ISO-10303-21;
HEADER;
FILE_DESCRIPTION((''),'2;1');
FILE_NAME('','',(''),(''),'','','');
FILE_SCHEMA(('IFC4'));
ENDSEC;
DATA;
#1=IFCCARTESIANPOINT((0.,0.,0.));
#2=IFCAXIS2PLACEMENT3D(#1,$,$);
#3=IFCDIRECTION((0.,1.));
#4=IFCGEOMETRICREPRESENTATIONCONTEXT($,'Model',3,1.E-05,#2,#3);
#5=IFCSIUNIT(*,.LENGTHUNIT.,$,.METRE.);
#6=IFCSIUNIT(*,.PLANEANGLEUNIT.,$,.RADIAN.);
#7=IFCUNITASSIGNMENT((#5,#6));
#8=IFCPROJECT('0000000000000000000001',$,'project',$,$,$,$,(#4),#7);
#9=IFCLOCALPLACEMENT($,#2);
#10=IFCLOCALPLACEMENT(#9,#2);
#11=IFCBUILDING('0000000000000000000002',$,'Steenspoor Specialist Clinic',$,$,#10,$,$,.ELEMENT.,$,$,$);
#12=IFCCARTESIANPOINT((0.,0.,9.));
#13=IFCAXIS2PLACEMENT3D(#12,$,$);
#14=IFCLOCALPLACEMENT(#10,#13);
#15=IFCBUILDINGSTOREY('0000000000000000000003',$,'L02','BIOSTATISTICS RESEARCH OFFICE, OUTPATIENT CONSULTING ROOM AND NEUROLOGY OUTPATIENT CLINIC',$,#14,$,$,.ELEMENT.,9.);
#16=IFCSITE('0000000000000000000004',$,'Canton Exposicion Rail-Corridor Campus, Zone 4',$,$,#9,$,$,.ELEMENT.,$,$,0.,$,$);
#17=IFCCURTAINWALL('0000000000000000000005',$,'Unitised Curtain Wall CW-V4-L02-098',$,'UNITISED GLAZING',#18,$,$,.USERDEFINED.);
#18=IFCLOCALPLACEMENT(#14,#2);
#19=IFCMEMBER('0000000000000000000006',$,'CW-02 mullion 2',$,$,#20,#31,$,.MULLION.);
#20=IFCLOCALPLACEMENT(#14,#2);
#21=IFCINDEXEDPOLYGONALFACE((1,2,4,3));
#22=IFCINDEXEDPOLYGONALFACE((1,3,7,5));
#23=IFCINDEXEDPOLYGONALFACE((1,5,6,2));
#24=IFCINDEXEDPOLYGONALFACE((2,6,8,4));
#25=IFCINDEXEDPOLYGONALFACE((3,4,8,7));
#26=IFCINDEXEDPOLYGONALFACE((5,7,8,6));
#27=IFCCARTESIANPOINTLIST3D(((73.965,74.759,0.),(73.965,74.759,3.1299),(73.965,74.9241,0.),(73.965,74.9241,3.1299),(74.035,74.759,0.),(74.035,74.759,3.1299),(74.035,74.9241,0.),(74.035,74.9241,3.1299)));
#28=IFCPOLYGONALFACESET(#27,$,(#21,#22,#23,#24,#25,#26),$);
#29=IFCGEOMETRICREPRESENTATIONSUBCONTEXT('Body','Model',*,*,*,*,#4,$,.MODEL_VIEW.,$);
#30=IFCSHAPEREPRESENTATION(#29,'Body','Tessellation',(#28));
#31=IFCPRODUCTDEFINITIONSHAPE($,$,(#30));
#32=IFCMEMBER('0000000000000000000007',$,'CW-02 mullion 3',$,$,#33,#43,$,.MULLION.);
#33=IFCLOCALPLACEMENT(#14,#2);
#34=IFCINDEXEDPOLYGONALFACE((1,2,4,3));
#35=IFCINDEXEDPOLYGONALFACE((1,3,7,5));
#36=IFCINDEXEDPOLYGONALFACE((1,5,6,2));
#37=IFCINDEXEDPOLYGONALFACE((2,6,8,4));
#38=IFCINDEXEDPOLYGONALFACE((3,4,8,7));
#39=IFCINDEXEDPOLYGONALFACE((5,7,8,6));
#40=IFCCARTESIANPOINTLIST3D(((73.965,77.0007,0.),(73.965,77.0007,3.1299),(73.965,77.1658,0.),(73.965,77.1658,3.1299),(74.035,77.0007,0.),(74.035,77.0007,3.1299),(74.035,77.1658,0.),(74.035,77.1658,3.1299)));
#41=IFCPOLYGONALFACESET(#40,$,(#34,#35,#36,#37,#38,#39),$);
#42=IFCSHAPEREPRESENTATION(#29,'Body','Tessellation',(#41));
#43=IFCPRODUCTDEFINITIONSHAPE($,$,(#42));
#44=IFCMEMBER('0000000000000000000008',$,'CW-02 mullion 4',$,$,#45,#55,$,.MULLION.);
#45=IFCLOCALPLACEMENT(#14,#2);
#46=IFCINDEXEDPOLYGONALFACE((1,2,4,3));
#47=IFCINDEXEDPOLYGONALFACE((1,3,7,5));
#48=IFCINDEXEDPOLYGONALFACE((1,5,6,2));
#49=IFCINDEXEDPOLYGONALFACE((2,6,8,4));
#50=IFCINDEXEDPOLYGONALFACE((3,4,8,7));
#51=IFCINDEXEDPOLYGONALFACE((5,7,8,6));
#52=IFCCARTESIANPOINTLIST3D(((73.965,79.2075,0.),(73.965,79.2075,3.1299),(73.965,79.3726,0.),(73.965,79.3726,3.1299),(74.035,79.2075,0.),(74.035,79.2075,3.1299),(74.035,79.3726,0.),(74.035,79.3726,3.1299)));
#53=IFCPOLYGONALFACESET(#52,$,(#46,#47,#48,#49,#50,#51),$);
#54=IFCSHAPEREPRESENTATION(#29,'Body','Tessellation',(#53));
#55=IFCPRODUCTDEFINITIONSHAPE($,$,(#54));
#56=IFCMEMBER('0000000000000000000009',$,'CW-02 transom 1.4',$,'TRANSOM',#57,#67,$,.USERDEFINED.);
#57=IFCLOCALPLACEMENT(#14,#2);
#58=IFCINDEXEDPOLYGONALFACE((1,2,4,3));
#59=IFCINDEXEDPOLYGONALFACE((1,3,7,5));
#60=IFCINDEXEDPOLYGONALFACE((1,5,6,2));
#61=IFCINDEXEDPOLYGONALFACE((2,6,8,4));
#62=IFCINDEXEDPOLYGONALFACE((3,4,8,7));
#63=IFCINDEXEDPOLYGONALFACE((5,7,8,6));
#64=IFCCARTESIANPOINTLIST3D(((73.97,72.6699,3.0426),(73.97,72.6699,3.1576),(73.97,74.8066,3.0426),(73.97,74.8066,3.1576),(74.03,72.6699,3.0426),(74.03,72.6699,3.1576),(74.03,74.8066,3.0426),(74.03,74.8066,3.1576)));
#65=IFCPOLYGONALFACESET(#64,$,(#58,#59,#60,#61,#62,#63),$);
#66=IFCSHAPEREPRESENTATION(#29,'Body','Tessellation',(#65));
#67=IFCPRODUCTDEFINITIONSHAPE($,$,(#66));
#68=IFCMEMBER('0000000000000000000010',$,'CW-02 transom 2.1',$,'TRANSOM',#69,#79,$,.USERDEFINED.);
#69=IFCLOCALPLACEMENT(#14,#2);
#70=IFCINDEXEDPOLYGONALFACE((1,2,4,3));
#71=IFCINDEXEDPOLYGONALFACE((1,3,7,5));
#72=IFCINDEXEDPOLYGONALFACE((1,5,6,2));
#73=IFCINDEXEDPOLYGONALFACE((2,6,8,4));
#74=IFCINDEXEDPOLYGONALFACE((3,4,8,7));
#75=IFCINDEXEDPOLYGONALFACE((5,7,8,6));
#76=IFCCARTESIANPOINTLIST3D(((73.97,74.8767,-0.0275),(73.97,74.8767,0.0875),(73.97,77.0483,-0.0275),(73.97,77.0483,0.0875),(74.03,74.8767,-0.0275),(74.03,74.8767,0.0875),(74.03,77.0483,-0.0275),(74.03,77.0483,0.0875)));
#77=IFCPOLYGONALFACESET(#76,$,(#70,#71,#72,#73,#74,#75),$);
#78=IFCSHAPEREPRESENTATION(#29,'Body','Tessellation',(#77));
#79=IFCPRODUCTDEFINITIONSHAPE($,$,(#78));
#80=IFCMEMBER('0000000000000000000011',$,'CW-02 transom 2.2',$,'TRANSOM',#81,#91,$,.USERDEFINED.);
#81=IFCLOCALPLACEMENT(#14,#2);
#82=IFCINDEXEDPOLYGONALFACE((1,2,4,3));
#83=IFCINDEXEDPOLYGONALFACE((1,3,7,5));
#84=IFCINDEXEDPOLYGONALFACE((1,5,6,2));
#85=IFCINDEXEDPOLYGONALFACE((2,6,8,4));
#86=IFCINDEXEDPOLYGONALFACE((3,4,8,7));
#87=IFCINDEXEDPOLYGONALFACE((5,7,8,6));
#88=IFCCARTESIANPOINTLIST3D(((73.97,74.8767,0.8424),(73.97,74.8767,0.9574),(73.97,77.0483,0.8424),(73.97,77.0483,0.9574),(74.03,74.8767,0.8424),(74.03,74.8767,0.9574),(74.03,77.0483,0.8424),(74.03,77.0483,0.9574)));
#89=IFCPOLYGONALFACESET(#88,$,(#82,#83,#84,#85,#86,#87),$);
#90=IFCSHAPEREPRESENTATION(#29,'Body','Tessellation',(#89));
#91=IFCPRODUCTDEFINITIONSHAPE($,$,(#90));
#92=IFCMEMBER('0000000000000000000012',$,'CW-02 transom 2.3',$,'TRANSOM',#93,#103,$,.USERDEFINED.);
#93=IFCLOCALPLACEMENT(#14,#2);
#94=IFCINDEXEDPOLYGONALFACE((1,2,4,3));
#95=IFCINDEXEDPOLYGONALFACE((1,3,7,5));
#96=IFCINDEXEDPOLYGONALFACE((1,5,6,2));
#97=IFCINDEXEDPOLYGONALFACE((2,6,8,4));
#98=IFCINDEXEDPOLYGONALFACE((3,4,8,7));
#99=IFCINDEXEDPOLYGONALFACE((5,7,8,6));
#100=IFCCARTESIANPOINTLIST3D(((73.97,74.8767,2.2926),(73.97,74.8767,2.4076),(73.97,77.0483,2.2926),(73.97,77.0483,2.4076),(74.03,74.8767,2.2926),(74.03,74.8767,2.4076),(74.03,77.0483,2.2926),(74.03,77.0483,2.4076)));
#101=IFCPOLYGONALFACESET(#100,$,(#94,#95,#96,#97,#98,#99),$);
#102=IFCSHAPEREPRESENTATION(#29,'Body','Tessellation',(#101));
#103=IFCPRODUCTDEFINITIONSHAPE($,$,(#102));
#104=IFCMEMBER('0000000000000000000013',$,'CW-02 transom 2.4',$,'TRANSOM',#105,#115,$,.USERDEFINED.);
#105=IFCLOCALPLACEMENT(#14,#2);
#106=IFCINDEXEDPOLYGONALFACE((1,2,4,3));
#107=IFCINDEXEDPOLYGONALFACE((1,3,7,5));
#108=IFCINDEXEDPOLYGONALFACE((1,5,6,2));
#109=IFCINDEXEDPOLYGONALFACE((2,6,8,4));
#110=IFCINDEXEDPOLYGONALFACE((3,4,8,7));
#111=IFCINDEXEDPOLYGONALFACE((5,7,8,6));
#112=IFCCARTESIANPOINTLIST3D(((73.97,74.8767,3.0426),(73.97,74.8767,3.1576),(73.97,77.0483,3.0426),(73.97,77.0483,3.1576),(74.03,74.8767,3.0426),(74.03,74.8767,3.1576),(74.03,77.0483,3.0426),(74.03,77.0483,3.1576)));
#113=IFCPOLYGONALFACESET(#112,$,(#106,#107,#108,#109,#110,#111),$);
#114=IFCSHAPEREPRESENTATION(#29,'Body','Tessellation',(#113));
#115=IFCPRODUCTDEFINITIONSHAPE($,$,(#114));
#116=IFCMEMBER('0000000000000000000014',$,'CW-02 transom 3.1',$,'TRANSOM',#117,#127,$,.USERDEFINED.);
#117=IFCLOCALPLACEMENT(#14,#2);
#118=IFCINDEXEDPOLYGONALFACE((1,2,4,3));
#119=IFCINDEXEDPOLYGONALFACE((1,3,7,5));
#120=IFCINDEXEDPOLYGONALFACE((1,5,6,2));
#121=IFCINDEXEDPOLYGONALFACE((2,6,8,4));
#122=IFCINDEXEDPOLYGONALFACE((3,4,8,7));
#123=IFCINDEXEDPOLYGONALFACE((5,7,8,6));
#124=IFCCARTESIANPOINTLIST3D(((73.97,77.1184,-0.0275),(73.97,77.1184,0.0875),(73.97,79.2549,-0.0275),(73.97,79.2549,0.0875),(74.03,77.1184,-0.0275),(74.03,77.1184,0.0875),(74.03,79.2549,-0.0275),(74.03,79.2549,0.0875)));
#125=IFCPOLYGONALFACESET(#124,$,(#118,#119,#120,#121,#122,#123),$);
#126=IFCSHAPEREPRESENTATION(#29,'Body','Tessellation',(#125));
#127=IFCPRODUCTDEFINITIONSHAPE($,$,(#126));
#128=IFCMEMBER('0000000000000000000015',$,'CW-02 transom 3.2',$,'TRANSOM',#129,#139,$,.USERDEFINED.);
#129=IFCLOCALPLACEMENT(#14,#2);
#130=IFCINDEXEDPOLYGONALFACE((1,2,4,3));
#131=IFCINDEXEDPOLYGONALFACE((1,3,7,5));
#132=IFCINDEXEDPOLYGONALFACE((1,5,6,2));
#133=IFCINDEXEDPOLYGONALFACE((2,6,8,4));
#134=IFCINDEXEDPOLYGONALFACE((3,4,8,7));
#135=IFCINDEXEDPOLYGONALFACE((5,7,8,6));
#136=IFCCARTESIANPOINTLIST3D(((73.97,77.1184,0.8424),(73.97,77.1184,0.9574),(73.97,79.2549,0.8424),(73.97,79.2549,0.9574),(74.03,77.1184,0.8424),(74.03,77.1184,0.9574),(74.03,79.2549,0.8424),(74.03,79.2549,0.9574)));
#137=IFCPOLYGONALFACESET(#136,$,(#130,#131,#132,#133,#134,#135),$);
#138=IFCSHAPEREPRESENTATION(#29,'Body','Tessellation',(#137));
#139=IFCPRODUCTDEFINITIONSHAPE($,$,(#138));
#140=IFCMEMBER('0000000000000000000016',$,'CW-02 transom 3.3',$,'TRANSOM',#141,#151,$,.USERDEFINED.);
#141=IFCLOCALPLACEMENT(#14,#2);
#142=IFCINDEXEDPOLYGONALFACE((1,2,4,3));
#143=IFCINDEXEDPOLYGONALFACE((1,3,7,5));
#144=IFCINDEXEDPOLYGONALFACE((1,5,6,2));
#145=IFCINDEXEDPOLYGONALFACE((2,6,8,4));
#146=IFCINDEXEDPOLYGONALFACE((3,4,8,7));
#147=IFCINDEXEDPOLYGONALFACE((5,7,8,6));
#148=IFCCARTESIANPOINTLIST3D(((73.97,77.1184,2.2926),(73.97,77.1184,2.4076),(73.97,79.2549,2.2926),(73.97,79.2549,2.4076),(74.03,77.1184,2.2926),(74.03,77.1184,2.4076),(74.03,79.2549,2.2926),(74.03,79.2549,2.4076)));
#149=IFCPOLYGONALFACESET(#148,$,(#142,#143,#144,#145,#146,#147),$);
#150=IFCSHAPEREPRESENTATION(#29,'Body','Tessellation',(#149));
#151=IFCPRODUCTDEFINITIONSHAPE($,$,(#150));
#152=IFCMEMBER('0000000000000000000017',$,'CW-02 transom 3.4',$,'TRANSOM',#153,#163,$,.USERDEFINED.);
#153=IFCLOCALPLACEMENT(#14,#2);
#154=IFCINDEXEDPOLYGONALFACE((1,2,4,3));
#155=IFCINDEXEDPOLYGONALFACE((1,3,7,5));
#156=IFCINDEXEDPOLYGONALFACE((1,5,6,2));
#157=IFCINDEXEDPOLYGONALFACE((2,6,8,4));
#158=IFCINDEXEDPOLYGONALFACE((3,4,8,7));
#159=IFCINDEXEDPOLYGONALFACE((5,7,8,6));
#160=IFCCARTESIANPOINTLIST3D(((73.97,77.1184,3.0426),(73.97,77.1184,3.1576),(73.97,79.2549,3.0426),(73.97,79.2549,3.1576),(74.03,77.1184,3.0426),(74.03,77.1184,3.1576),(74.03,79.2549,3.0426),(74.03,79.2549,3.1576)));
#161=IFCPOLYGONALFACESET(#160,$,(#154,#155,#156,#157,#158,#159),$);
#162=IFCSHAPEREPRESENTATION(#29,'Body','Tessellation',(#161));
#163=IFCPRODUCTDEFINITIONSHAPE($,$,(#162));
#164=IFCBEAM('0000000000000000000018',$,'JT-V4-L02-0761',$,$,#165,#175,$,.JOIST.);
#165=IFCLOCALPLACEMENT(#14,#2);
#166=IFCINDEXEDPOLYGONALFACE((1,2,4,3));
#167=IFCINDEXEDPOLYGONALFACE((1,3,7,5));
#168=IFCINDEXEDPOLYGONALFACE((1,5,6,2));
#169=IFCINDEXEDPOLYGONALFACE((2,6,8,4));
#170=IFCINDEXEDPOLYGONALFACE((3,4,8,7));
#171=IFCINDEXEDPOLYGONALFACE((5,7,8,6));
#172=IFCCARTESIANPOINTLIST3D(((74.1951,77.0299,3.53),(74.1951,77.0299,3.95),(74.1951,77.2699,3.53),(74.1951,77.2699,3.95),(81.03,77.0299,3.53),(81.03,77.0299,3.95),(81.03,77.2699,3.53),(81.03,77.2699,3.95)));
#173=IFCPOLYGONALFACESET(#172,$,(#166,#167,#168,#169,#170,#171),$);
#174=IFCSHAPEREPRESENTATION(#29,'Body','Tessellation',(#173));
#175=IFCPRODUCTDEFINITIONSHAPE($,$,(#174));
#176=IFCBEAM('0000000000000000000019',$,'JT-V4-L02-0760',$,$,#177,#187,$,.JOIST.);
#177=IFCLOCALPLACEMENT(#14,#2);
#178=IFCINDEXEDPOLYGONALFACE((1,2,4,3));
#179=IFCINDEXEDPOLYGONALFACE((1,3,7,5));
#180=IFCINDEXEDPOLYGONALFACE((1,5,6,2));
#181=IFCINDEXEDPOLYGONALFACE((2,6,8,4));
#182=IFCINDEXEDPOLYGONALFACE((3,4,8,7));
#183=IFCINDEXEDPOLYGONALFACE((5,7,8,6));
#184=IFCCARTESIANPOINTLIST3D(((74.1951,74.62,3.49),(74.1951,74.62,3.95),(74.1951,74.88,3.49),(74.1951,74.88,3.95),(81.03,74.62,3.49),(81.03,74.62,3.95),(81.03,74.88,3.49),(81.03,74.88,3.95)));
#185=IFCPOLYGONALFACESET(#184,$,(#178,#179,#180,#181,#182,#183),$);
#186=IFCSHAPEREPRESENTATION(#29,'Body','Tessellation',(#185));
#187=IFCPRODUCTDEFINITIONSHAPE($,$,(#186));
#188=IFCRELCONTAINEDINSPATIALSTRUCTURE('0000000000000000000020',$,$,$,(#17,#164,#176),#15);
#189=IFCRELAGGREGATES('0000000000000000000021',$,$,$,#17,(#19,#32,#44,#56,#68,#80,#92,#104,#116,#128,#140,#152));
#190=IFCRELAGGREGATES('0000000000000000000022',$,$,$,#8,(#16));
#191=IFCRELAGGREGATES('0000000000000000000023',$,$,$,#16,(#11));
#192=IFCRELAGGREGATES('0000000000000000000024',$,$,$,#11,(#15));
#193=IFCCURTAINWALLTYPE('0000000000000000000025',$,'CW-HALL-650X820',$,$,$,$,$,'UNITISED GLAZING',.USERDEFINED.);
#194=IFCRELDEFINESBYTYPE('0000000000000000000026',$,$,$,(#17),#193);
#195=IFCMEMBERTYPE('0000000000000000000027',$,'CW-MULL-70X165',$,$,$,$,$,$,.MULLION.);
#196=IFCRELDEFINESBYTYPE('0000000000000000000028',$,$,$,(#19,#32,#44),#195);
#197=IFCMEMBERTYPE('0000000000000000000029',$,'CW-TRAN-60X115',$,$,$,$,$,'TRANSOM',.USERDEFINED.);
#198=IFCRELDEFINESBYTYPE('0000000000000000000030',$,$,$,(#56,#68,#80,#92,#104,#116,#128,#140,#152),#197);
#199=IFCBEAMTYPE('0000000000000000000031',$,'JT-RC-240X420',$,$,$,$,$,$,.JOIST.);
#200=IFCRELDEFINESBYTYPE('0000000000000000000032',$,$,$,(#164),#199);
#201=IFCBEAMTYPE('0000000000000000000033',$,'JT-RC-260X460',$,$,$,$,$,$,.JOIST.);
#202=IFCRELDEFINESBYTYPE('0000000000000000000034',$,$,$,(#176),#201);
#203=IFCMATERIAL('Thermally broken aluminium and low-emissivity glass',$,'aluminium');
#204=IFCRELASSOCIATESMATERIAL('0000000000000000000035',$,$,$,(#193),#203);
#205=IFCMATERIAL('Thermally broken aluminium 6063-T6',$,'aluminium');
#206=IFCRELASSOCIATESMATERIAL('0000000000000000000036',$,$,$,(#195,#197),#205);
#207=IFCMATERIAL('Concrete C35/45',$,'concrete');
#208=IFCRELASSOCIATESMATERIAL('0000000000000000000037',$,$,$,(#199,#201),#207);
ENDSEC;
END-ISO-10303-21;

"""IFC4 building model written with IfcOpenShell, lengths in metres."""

from ifc_helpers import new_model, si_unit, direction, frame, origin, origin_2d, place, context, subcontext, project, spatial, rectangle, extrude, material, material_profile, profile_set, type_object, element, aggregate, save


model = new_model("IFC4")

# Units and contexts
model_context = context("Model", 3, precision=1e-05, world=origin(), true_north=direction((0.0, 1.0)))
body_context = subcontext(model_context, "Body", "Model", "MODEL_VIEW")
ifc_project = project(units=[si_unit("LENGTHUNIT", "METRE"), si_unit("PLANEANGLEUNIT", "RADIAN")], contexts=[model_context])

# Site, building, storey
site_placement = place(None, origin())
site = spatial("IfcSite", under=ifc_project, at=site_placement, Name="Canton Exposicion Rail-Corridor Campus, Zone 4", CompositionType="ELEMENT", RefElevation=0.0)
building_placement = place(site_placement, origin())
building = spatial("IfcBuilding", under=site, at=building_placement, Name="Steenspoor Specialist Clinic", CompositionType="ELEMENT")
storey_placement = place(building_placement, frame((0.0, 0.0, 9.0)))
storey = spatial("IfcBuildingStorey", under=building, at=storey_placement, Name="L02", Description="BIOSTATISTICS RESEARCH OFFICE, OUTPATIENT CONSULTING ROOM AND NEUROLOGY OUTPATIENT CLINIC", CompositionType="ELEMENT", Elevation=9.0)

# Curtain wall, members
ifc_material_1 = material(Name="Thermally broken aluminium and low-emissivity glass", Category="aluminium")
curtain_wall_type = type_object("IfcCurtainWallType", Name="CW-HALL-650X820", ElementType="UNITISED GLAZING", PredefinedType="USERDEFINED", material=ifc_material_1)
curtain_wall_placement = place(storey_placement, origin())
curtain_wall = element("IfcCurtainWall", 1, at=curtain_wall_placement, inside=storey, type_object=curtain_wall_type, Name="Unitised Curtain Wall CW-V4-L02-098", ObjectType="UNITISED GLAZING", PredefinedType="USERDEFINED")
ifc_material_2 = material(Name="Thermally broken aluminium 6063-T6", Category="aluminium")
ifc_material_profile_1 = material_profile(ifc_material_2, rectangle(XDim=0.0701, YDim=0.165, at=origin_2d()), Name="CWM-70X165")
ifc_profile_set_1 = profile_set([ifc_material_profile_1], Name="Thermally broken aluminium 6063-T6")
member_type_1 = type_object("IfcMemberType", Name="CW-MULL-70X165", PredefinedType="MULLION", material=ifc_profile_set_1)
member_1_placement = place(storey_placement, frame((74.0, 74.8416, 0.0), z_axis=(0.0, 0.0, 1.0), x_axis=(-1.0, 0.0, 0.0)))
member_1 = element("IfcMember", 2, at=member_1_placement, type_object=member_type_1, Name="CW-02 mullion 2", PredefinedType="MULLION", context=body_context, shape_type="SweptSolid", body=[
    extrude(rectangle(XDim=0.0701, YDim=0.165, at=origin_2d()), origin(), (0.0, 0.0, 1.0), 3.1299),
])
member_2_placement = place(storey_placement, frame((74.0, 77.0833, 0.0), z_axis=(0.0, 0.0, 1.0), x_axis=(-1.0, 0.0, 0.0)))
member_2 = element("IfcMember", 3, at=member_2_placement, type_object=member_type_1, Name="CW-02 mullion 3", PredefinedType="MULLION", context=body_context, shape_type="SweptSolid", body=[
    extrude(rectangle(XDim=0.0701, YDim=0.165, at=origin_2d()), origin(), (0.0, 0.0, 1.0), 3.1299),
])
member_3_placement = place(storey_placement, frame((74.0, 79.29, 0.0), z_axis=(0.0, 0.0, 1.0), x_axis=(-1.0, 0.0, 0.0)))
member_3 = element("IfcMember", 4, at=member_3_placement, type_object=member_type_1, Name="CW-02 mullion 4", PredefinedType="MULLION", context=body_context, shape_type="SweptSolid", body=[
    extrude(rectangle(XDim=0.0701, YDim=0.165, at=origin_2d()), origin(), (0.0, 0.0, 1.0), 3.1299),
])
ifc_material_profile_2 = material_profile(ifc_material_2, rectangle(XDim=0.0601, YDim=0.115, at=origin_2d()), Name="CWT-60X115")
ifc_profile_set_2 = profile_set([ifc_material_profile_2], Name="Thermally broken aluminium 6063-T6")
member_type_2 = type_object("IfcMemberType", Name="CW-TRAN-60X115", ElementType="TRANSOM", PredefinedType="USERDEFINED", material=ifc_profile_set_2)
member_4_placement = place(storey_placement, frame((74.0, 72.6699, 3.1001), z_axis=(0.0, 1.0, 0.0), x_axis=(-1.0, 0.0, 0.0)))
member_4 = element("IfcMember", 5, at=member_4_placement, type_object=member_type_2, Name="CW-02 transom 1.4", ObjectType="TRANSOM", PredefinedType="USERDEFINED", context=body_context, shape_type="SweptSolid", body=[
    extrude(rectangle(XDim=0.0601, YDim=0.115, at=origin_2d()), origin(), (0.0, 0.0, 1.0), 2.1367),
])
member_5_placement = place(storey_placement, frame((74.0, 74.8767, 0.03), z_axis=(0.0, 1.0, 0.0), x_axis=(-1.0, 0.0, 0.0)))
member_5 = element("IfcMember", 6, at=member_5_placement, type_object=member_type_2, Name="CW-02 transom 2.1", ObjectType="TRANSOM", PredefinedType="USERDEFINED", context=body_context, shape_type="SweptSolid", body=[
    extrude(rectangle(XDim=0.0601, YDim=0.115, at=origin_2d()), origin(), (0.0, 0.0, 1.0), 2.1716),
])
member_6_placement = place(storey_placement, frame((74.0, 74.8767, 0.8999), z_axis=(0.0, 1.0, 0.0), x_axis=(-1.0, 0.0, 0.0)))
member_6 = element("IfcMember", 7, at=member_6_placement, type_object=member_type_2, Name="CW-02 transom 2.2", ObjectType="TRANSOM", PredefinedType="USERDEFINED", context=body_context, shape_type="SweptSolid", body=[
    extrude(rectangle(XDim=0.0601, YDim=0.115, at=origin_2d()), origin(), (0.0, 0.0, 1.0), 2.1716),
])
member_7_placement = place(storey_placement, frame((74.0, 74.8767, 2.3501), z_axis=(0.0, 1.0, 0.0), x_axis=(-1.0, 0.0, 0.0)))
member_7 = element("IfcMember", 8, at=member_7_placement, type_object=member_type_2, Name="CW-02 transom 2.3", ObjectType="TRANSOM", PredefinedType="USERDEFINED", context=body_context, shape_type="SweptSolid", body=[
    extrude(rectangle(XDim=0.0601, YDim=0.115, at=origin_2d()), origin(), (0.0, 0.0, 1.0), 2.1716),
])
member_8_placement = place(storey_placement, frame((74.0, 74.8767, 3.1001), z_axis=(0.0, 1.0, 0.0), x_axis=(-1.0, 0.0, 0.0)))
member_8 = element("IfcMember", 9, at=member_8_placement, type_object=member_type_2, Name="CW-02 transom 2.4", ObjectType="TRANSOM", PredefinedType="USERDEFINED", context=body_context, shape_type="SweptSolid", body=[
    extrude(rectangle(XDim=0.0601, YDim=0.115, at=origin_2d()), origin(), (0.0, 0.0, 1.0), 2.1716),
])
member_9_placement = place(storey_placement, frame((74.0, 77.1184, 0.03), z_axis=(0.0, 1.0, 0.0), x_axis=(-1.0, 0.0, 0.0)))
member_9 = element("IfcMember", 10, at=member_9_placement, type_object=member_type_2, Name="CW-02 transom 3.1", ObjectType="TRANSOM", PredefinedType="USERDEFINED", context=body_context, shape_type="SweptSolid", body=[
    extrude(rectangle(XDim=0.0601, YDim=0.115, at=origin_2d()), origin(), (0.0, 0.0, 1.0), 2.1365),
])
member_10_placement = place(storey_placement, frame((74.0, 77.1184, 0.8999), z_axis=(0.0, 1.0, 0.0), x_axis=(-1.0, 0.0, 0.0)))
member_10 = element("IfcMember", 11, at=member_10_placement, type_object=member_type_2, Name="CW-02 transom 3.2", ObjectType="TRANSOM", PredefinedType="USERDEFINED", context=body_context, shape_type="SweptSolid", body=[
    extrude(rectangle(XDim=0.0601, YDim=0.115, at=origin_2d()), origin(), (0.0, 0.0, 1.0), 2.1365),
])
member_11_placement = place(storey_placement, frame((74.0, 77.1184, 2.3501), z_axis=(0.0, 1.0, 0.0), x_axis=(-1.0, 0.0, 0.0)))
member_11 = element("IfcMember", 12, at=member_11_placement, type_object=member_type_2, Name="CW-02 transom 3.3", ObjectType="TRANSOM", PredefinedType="USERDEFINED", context=body_context, shape_type="SweptSolid", body=[
    extrude(rectangle(XDim=0.0601, YDim=0.115, at=origin_2d()), origin(), (0.0, 0.0, 1.0), 2.1365),
])
member_12_placement = place(storey_placement, frame((74.0, 77.1184, 3.1001), z_axis=(0.0, 1.0, 0.0), x_axis=(-1.0, 0.0, 0.0)))
member_12 = element("IfcMember", 13, at=member_12_placement, type_object=member_type_2, Name="CW-02 transom 3.4", ObjectType="TRANSOM", PredefinedType="USERDEFINED", context=body_context, shape_type="SweptSolid", body=[
    extrude(rectangle(XDim=0.0601, YDim=0.115, at=origin_2d()), origin(), (0.0, 0.0, 1.0), 2.1365),
])

# Beams
ifc_material_3 = material(Name="Concrete C35/45", Category="concrete")
ifc_material_profile_3 = material_profile(ifc_material_3, rectangle(XDim=0.24, YDim=0.4199, at=origin_2d()), Name="RC-JT-240X420")
ifc_profile_set_3 = profile_set([ifc_material_profile_3], Name="Concrete C35/45")
beam_type_1 = type_object("IfcBeamType", Name="JT-RC-240X420", PredefinedType="JOIST", material=ifc_profile_set_3)
beam_1_placement = place(storey_placement, frame((74.1951, 77.1499, 3.74), z_axis=(1.0, 0.0, 0.0), x_axis=(0.0, 1.0, 0.0)))
element("IfcBeam", 14, at=beam_1_placement, inside=storey, type_object=beam_type_1, Name="JT-V4-L02-0761", PredefinedType="JOIST", context=body_context, shape_type="SweptSolid", body=[
    extrude(rectangle(XDim=0.24, YDim=0.4199, at=origin_2d()), origin(), (0.0, 0.0, 1.0), 6.835),
])
ifc_material_profile_4 = material_profile(ifc_material_3, rectangle(XDim=0.26, YDim=0.46, at=origin_2d()), Name="RC-JT-260X460")
ifc_profile_set_4 = profile_set([ifc_material_profile_4], Name="Concrete C35/45")
beam_type_2 = type_object("IfcBeamType", Name="JT-RC-260X460", PredefinedType="JOIST", material=ifc_profile_set_4)
beam_2_placement = place(storey_placement, frame((74.1951, 74.75, 3.72), z_axis=(1.0, 0.0, 0.0), x_axis=(0.0, 1.0, 0.0)))
element("IfcBeam", 15, at=beam_2_placement, inside=storey, type_object=beam_type_2, Name="JT-V4-L02-0760", PredefinedType="JOIST", context=body_context, shape_type="SweptSolid", body=[
    extrude(rectangle(XDim=0.26, YDim=0.46, at=origin_2d()), origin(), (0.0, 0.0, 1.0), 6.835),
])

aggregate(curtain_wall, [member_1, member_2, member_3, member_4, member_5, member_6, member_7, member_8, member_9, member_10, member_11, member_12])

save(model, "model.ifc")
